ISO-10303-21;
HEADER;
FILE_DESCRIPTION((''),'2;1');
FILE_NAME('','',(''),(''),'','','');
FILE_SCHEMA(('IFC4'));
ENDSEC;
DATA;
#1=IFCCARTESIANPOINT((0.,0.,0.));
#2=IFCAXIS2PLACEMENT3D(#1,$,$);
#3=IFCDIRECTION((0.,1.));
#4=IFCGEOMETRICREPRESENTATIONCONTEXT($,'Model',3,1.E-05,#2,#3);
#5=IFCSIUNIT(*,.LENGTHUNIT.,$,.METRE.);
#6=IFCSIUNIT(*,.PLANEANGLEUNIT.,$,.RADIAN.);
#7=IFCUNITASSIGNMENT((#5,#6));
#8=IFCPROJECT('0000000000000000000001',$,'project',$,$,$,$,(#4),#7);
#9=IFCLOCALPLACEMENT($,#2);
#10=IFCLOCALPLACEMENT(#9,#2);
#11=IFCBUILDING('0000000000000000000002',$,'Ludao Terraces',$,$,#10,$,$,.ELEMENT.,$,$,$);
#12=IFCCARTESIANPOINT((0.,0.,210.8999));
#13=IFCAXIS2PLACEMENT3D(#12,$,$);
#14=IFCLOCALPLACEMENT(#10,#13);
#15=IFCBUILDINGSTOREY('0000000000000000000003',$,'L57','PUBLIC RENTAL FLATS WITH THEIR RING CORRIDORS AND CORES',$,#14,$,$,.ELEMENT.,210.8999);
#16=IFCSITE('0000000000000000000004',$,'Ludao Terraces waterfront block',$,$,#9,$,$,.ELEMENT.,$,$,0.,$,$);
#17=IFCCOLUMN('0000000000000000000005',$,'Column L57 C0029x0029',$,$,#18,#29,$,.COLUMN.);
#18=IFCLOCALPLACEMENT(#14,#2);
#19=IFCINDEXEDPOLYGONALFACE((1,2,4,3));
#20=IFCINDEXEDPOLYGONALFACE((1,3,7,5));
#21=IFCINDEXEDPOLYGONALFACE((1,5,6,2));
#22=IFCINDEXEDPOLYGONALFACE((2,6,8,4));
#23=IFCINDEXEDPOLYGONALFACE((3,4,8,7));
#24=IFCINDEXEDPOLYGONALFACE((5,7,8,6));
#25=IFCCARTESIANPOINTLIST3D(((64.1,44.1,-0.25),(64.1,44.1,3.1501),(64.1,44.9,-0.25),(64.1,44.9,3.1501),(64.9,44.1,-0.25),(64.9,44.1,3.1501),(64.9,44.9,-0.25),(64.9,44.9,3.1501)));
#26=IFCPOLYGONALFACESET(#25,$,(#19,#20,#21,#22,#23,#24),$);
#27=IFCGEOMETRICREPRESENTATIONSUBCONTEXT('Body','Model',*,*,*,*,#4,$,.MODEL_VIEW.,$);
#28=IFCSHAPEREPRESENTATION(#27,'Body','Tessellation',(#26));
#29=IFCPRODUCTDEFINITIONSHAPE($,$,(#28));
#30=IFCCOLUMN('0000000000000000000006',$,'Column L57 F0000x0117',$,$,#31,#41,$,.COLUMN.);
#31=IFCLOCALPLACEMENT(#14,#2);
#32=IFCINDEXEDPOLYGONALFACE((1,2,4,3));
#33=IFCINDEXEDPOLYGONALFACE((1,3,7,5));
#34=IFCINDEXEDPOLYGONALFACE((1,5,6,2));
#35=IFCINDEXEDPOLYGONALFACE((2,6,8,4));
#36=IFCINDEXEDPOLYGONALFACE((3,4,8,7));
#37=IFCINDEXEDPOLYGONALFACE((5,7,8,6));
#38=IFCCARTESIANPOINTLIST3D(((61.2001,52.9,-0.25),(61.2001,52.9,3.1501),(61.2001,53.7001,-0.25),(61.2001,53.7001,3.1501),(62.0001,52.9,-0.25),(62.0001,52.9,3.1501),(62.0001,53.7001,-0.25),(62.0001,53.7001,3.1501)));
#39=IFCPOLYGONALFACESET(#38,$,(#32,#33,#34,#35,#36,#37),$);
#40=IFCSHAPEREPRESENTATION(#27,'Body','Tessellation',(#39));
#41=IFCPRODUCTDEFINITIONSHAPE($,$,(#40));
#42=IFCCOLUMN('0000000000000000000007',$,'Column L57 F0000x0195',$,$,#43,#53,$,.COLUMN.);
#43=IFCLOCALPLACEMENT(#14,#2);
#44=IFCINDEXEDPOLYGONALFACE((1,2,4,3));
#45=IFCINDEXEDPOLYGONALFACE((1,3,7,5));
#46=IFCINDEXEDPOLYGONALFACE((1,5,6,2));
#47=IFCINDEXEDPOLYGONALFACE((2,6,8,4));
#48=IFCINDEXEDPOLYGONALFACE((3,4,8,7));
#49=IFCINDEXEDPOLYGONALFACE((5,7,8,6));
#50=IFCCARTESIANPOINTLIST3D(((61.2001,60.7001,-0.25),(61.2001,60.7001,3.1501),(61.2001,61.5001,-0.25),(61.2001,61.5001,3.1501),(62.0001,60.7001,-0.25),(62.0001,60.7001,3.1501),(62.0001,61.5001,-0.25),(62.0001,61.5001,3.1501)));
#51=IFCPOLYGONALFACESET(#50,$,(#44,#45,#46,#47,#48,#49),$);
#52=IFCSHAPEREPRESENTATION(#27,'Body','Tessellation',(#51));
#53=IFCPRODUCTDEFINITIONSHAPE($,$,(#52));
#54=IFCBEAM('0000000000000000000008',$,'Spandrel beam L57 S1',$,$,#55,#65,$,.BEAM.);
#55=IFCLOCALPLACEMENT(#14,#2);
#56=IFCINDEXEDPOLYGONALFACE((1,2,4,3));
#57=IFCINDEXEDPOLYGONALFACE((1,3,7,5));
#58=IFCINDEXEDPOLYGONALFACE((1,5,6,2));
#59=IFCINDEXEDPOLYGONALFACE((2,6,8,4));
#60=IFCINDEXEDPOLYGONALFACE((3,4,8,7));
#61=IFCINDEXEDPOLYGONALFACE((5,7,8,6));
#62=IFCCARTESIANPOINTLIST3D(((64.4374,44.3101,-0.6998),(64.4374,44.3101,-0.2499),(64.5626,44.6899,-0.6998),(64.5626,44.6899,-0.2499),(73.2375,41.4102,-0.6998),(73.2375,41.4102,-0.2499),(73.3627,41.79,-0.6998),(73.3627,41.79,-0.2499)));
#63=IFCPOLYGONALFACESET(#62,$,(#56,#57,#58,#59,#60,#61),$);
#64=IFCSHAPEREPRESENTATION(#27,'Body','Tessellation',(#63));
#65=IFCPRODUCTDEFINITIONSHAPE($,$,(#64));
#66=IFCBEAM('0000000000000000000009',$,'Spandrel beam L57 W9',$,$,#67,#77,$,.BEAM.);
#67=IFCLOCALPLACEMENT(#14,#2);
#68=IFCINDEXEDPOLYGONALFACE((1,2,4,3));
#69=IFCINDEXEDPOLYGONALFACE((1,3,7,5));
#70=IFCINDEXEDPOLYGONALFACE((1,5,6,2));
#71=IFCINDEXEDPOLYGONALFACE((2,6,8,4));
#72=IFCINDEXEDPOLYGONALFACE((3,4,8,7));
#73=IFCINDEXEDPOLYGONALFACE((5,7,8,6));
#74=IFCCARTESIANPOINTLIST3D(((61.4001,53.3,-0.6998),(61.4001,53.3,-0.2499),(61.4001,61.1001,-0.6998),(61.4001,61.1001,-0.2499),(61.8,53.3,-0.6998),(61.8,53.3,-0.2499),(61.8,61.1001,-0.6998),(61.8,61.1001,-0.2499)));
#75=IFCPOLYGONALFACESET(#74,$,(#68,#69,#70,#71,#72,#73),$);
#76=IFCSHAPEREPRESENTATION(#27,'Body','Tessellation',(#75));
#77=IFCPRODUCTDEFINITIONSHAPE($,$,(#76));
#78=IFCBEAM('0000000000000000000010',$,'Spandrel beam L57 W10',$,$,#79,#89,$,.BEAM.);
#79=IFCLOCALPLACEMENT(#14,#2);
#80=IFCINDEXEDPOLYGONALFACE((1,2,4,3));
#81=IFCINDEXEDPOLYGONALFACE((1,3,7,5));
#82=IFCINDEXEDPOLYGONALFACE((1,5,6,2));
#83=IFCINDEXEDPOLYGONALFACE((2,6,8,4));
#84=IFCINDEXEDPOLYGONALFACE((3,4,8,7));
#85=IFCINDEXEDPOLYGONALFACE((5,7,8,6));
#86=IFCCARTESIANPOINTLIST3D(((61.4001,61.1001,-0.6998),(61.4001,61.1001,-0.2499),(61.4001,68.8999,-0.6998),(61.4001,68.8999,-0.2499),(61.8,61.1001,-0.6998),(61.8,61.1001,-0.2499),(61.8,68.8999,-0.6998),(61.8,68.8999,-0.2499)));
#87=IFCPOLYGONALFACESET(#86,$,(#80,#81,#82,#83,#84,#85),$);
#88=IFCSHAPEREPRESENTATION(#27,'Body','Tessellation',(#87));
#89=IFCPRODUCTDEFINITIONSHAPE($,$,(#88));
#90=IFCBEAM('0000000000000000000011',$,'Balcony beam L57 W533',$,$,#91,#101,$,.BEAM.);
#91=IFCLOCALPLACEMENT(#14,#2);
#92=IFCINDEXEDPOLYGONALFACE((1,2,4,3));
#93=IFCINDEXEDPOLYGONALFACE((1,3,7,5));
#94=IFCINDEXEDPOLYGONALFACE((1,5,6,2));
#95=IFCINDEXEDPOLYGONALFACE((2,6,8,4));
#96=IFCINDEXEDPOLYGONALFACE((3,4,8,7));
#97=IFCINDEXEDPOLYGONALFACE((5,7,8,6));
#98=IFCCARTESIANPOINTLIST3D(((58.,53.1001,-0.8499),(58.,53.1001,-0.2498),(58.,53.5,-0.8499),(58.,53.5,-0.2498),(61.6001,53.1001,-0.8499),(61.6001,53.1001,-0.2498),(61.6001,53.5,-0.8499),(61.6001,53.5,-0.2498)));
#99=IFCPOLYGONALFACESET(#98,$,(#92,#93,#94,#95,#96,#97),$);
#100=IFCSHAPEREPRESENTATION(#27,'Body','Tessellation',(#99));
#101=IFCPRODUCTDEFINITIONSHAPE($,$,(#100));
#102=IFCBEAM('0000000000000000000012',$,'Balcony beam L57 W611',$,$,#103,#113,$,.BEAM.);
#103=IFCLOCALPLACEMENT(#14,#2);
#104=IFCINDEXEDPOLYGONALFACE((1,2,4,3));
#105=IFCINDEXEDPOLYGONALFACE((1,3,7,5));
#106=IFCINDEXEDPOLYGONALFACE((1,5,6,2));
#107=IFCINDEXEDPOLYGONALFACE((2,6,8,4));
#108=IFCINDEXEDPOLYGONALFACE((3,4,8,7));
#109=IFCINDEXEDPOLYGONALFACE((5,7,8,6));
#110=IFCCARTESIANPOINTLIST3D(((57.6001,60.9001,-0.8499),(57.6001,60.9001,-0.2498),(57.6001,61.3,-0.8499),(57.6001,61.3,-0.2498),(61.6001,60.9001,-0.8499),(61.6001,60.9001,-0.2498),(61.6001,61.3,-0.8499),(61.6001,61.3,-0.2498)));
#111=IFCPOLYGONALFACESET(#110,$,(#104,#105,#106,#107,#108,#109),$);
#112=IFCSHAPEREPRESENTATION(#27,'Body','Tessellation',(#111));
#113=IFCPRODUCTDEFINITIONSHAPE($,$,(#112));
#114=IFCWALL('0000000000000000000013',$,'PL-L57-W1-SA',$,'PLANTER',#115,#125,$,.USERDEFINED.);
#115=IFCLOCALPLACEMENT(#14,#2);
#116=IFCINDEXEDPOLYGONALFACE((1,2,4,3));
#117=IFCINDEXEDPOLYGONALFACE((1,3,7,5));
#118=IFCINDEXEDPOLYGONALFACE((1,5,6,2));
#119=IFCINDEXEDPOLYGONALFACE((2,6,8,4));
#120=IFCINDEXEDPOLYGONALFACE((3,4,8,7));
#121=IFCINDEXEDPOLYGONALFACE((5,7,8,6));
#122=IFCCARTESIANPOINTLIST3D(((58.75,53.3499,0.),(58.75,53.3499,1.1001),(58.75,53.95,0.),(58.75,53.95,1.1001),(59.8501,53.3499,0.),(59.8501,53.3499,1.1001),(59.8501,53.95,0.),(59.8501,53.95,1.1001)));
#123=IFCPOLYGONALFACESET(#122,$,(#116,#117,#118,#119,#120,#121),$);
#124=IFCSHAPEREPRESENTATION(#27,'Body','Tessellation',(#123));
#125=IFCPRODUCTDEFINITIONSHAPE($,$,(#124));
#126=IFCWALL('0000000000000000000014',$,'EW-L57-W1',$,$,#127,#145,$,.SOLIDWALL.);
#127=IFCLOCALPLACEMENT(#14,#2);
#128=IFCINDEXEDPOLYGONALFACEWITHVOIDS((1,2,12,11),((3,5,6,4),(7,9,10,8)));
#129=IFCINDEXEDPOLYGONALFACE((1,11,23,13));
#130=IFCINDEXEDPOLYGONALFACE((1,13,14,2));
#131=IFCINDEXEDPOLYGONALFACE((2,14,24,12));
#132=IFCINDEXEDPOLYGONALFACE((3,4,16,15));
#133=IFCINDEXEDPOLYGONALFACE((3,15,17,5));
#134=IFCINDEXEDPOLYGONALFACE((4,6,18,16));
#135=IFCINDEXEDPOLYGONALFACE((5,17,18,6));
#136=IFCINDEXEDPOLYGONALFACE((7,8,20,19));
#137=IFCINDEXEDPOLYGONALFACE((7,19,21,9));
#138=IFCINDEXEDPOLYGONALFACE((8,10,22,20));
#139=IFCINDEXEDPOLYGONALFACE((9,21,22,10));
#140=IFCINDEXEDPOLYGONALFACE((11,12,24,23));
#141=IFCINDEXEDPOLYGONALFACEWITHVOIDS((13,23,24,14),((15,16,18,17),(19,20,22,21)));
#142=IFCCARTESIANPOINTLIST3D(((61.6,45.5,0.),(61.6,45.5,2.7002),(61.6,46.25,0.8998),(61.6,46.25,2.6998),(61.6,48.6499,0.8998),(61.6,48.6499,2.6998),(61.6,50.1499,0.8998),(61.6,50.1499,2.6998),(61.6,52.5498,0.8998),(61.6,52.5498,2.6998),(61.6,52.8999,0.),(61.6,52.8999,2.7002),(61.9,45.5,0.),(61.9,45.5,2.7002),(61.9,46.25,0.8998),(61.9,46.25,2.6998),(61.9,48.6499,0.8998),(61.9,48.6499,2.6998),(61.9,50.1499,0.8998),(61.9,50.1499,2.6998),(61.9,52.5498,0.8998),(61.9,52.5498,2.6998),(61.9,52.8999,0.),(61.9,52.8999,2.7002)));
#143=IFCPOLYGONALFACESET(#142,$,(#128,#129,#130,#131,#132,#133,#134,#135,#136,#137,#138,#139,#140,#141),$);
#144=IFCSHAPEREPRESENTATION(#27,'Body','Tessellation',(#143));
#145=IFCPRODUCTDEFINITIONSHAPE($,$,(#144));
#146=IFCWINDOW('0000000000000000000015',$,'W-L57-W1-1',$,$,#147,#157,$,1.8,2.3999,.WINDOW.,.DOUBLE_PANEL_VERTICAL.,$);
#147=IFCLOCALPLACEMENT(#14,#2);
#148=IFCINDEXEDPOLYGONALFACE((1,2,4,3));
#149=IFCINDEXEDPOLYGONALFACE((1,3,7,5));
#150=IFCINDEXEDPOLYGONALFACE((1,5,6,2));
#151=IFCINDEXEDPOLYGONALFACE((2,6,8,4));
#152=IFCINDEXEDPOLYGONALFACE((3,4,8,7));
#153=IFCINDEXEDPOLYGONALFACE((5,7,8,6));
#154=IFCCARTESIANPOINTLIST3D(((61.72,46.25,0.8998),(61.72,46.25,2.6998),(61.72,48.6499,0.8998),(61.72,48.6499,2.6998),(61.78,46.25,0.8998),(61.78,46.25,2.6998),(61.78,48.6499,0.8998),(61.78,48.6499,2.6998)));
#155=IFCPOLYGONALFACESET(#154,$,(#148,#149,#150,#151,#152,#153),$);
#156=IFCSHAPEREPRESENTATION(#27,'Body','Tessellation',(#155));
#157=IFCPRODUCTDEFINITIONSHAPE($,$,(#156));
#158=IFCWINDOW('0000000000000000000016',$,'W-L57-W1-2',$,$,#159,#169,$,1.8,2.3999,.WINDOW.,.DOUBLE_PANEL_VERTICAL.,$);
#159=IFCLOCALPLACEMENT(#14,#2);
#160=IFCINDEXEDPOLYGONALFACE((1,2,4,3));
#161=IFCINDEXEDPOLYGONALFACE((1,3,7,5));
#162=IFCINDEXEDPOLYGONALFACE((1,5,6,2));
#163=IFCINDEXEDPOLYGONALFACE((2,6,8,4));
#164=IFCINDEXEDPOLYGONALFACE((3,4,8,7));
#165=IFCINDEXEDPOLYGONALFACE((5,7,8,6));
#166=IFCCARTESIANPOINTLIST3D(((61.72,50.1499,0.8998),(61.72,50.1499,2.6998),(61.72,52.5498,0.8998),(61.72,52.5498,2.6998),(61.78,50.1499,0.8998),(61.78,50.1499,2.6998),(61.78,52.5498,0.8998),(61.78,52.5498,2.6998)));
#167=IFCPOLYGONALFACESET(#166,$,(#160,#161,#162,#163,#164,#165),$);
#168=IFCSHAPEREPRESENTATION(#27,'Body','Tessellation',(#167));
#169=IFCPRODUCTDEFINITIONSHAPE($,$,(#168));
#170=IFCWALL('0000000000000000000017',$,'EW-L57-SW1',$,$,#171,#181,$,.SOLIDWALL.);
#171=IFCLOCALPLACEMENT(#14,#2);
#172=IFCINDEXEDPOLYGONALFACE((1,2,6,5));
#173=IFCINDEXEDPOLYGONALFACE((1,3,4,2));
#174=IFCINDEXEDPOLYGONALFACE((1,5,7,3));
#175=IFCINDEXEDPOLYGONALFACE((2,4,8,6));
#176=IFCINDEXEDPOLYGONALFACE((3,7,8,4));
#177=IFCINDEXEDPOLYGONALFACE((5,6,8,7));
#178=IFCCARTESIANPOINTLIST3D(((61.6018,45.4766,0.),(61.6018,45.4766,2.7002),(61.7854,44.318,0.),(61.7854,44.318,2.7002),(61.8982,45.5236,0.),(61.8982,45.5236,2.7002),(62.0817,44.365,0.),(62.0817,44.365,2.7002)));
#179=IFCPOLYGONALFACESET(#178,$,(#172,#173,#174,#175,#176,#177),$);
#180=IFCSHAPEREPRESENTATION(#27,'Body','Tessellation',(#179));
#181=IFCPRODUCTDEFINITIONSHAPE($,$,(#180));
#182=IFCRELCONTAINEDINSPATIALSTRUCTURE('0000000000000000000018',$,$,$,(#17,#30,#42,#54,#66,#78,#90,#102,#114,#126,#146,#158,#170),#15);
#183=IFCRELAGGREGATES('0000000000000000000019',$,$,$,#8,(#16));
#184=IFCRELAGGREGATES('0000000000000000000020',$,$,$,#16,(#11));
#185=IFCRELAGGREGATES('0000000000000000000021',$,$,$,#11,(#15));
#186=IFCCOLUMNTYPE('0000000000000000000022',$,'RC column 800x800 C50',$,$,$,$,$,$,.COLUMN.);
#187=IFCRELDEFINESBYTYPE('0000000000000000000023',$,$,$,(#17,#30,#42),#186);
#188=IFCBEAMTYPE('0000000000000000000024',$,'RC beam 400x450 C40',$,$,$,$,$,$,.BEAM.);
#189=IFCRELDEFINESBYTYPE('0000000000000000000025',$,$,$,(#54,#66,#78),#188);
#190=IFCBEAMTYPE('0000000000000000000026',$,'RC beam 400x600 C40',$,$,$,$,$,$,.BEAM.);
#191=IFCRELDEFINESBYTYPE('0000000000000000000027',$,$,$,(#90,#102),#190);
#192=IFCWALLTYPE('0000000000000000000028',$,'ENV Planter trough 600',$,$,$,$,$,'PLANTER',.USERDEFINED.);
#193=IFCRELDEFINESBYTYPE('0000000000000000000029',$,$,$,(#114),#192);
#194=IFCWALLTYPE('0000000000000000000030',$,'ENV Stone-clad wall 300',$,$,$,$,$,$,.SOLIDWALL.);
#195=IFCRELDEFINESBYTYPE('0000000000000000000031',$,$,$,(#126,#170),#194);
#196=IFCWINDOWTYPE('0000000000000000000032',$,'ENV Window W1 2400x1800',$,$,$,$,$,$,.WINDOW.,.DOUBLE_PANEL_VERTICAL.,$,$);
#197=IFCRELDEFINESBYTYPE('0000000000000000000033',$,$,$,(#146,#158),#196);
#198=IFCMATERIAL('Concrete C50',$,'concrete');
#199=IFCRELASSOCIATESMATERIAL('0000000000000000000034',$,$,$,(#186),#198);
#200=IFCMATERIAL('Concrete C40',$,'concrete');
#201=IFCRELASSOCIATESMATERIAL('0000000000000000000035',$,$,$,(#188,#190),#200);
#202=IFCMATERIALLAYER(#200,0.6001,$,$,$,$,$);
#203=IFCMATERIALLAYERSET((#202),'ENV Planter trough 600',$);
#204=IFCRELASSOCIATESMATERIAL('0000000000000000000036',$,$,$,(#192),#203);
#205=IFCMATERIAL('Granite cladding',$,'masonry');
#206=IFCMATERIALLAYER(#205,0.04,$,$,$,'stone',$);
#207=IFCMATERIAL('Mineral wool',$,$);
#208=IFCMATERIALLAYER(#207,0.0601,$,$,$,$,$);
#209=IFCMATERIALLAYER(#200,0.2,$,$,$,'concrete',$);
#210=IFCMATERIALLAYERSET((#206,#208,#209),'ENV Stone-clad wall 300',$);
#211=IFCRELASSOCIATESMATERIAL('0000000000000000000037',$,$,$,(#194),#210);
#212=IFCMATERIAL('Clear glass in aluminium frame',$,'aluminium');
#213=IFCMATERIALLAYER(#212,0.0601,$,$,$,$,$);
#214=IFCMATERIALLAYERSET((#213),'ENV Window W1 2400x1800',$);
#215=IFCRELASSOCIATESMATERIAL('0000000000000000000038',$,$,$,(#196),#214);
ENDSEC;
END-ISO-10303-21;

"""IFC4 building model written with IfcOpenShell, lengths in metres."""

from ifc_helpers import new_model, si_unit, direction, frame, frame_2d, origin, origin_2d, place, context, subcontext, project, spatial, rectangle, extrude, material, layer, layer_set, material_profile, profile_set, type_object, element, fill, save


model = new_model("IFC4")

# Units and contexts
model_context = context("Model", 3, precision=1e-05, world=origin(), true_north=direction((0.0, 1.0)))
body_context = subcontext(model_context, "Body", "Model", "MODEL_VIEW")
ifc_project = project(units=[si_unit("LENGTHUNIT", "METRE"), si_unit("PLANEANGLEUNIT", "RADIAN")], contexts=[model_context])

# Site, building, storey
site_placement = place(None, origin())
site = spatial("IfcSite", under=ifc_project, at=site_placement, Name="Ludao Terraces waterfront block", CompositionType="ELEMENT", RefElevation=0.0)
building_placement = place(site_placement, origin())
building = spatial("IfcBuilding", under=site, at=building_placement, Name="Ludao Terraces", CompositionType="ELEMENT")
storey_placement = place(building_placement, frame((0.0, 0.0, 210.8999)))
storey = spatial("IfcBuildingStorey", under=building, at=storey_placement, Name="L57", Description="PUBLIC RENTAL FLATS WITH THEIR RING CORRIDORS AND CORES", CompositionType="ELEMENT", Elevation=210.8999)

# Columns
ifc_material_1 = material(Name="Concrete C50", Category="concrete")
ifc_material_profile_1 = material_profile(ifc_material_1, rectangle(XDim=0.8, YDim=0.8, at=origin_2d()), Name="800 X 800")
ifc_profile_set_1 = profile_set([ifc_material_profile_1], Name="Concrete C50")
column_type = type_object("IfcColumnType", Name="RC column 800x800 C50", PredefinedType="COLUMN", material=ifc_profile_set_1)
for number, where, z_axis, x_axis, name in (
    (1, (64.5, 44.5, -0.25), (0.0, 0.0, 1.0), (1.0, 0.0, 0.0), "Column L57 C0029x0029"),
    (2, (61.6001, 53.3, -0.25), (0.0, 0.0, 1.0), (1.0, 0.0, 0.0), "Column L57 F0000x0117"),
    (3, (61.6001, 61.1001, -0.25), (0.0, 0.0, 1.0), (1.0, 0.0, 0.0), "Column L57 F0000x0195"),
):
    element("IfcColumn", number, at=place(storey_placement, frame(where, z_axis=z_axis, x_axis=x_axis)), inside=storey, type_object=column_type, Name=name, PredefinedType="COLUMN", context=body_context, shape_type="SweptSolid", body=[
        extrude(rectangle(XDim=0.8, YDim=0.8, at=origin_2d()), origin(), (0.0, 0.0, 1.0), 3.4001),
    ])

# Beams
ifc_material_2 = material(Name="Concrete C40", Category="concrete")
ifc_material_profile_2 = material_profile(ifc_material_2, rectangle(XDim=0.3999, YDim=0.45, at=origin_2d()), Name="400 X 450")
ifc_profile_set_2 = profile_set([ifc_material_profile_2], Name="Concrete C40")
beam_type_1 = type_object("IfcBeamType", Name="RC beam 400x450 C40", PredefinedType="BEAM", material=ifc_profile_set_2)
beam_1_placement = place(storey_placement, frame((64.5, 44.5, -0.4749), z_axis=(0.949761, -0.312977, 0.0), x_axis=(0.312977, 0.949761, 0.0)))
element("IfcBeam", 4, at=beam_1_placement, inside=storey, type_object=beam_type_1, Name="Spandrel beam L57 S1", PredefinedType="BEAM", context=body_context, shape_type="SweptSolid", body=[
    extrude(rectangle(XDim=0.3999, YDim=0.45, at=origin_2d()), origin(), (0.0, 0.0, 1.0), 9.2656),
])
beam_2_placement = place(storey_placement, frame((61.6001, 53.3, -0.4749), z_axis=(0.0, 1.0, 0.0), x_axis=(-1.0, 0.0, 0.0)))
element("IfcBeam", 5, at=beam_2_placement, inside=storey, type_object=beam_type_1, Name="Spandrel beam L57 W9", PredefinedType="BEAM", context=body_context, shape_type="SweptSolid", body=[
    extrude(rectangle(XDim=0.3999, YDim=0.45, at=origin_2d()), origin(), (0.0, 0.0, 1.0), 7.8),
])
beam_3_placement = place(storey_placement, frame((61.6001, 61.1001, -0.4749), z_axis=(0.0, 1.0, 0.0), x_axis=(-1.0, 0.0, 0.0)))
element("IfcBeam", 6, at=beam_3_placement, inside=storey, type_object=beam_type_1, Name="Spandrel beam L57 W10", PredefinedType="BEAM", context=body_context, shape_type="SweptSolid", body=[
    extrude(rectangle(XDim=0.3999, YDim=0.45, at=origin_2d()), origin(), (0.0, 0.0, 1.0), 7.7998),
])
ifc_material_profile_3 = material_profile(ifc_material_2, rectangle(XDim=0.3999, YDim=0.6001, at=origin_2d()), Name="400 X 600")
ifc_profile_set_3 = profile_set([ifc_material_profile_3], Name="Concrete C40")
beam_type_2 = type_object("IfcBeamType", Name="RC beam 400x600 C40", PredefinedType="BEAM", material=ifc_profile_set_3)
beam_4_placement = place(storey_placement, frame((61.6001, 53.3, -0.5498), z_axis=(-1.0, 0.0, 0.0), x_axis=(0.0, -1.0, 0.0)))
element("IfcBeam", 7, at=beam_4_placement, inside=storey, type_object=beam_type_2, Name="Balcony beam L57 W533", PredefinedType="BEAM", context=body_context, shape_type="SweptSolid", body=[
    extrude(rectangle(XDim=0.3999, YDim=0.6001, at=origin_2d()), origin(), (0.0, 0.0, 1.0), 3.6001),
])
beam_5_placement = place(storey_placement, frame((61.6001, 61.1001, -0.5498), z_axis=(-1.0, 0.0, 0.0), x_axis=(0.0, -1.0, 0.0)))
element("IfcBeam", 8, at=beam_5_placement, inside=storey, type_object=beam_type_2, Name="Balcony beam L57 W611", PredefinedType="BEAM", context=body_context, shape_type="SweptSolid", body=[
    extrude(rectangle(XDim=0.3999, YDim=0.6001, at=origin_2d()), origin(), (0.0, 0.0, 1.0), 4.0),
])

# Wall
ifc_layer_1 = layer(ifc_material_2, 0.6001)
ifc_layer_set_1 = layer_set([ifc_layer_1], Name="ENV Planter trough 600")
wall_type_1 = type_object("IfcWallType", Name="ENV Planter trough 600", ElementType="PLANTER", PredefinedType="USERDEFINED", material=ifc_layer_set_1)
wall_1_placement = place(storey_placement, frame((58.75, 53.6499, 0.0), z_axis=(0.0, 0.0, 1.0), x_axis=(1.0, 0.0, 0.0)))
element("IfcWall", 9, at=wall_1_placement, inside=storey, type_object=wall_type_1, Name="PL-L57-W1-SA", ObjectType="PLANTER", PredefinedType="USERDEFINED", context=body_context, shape_type="SweptSolid", body=[
    extrude(rectangle(XDim=1.1001, YDim=0.6001, at=frame_2d((0.55, 0.0))), origin(), (0.0, 0.0, 1.0), 1.1001),
])

# Wall, openings, windows
ifc_material_3 = material(Name="Granite cladding", Category="masonry")
ifc_layer_2 = layer(ifc_material_3, 0.04, Category="stone")
ifc_material_4 = material(Name="Mineral wool")
ifc_layer_3 = layer(ifc_material_4, 0.0601)
ifc_layer_4 = layer(ifc_material_2, 0.2, Category="concrete")
ifc_layer_set_2 = layer_set([ifc_layer_2, ifc_layer_3, ifc_layer_4], Name="ENV Stone-clad wall 300")
wall_type_2 = type_object("IfcWallType", Name="ENV Stone-clad wall 300", PredefinedType="SOLIDWALL", material=ifc_layer_set_2)
wall_2_placement = place(storey_placement, frame((61.75, 45.5, 0.0), z_axis=(0.0, 0.0, 1.0), x_axis=(0.0, 1.0, 0.0)))
wall_2 = element("IfcWall", 10, at=wall_2_placement, inside=storey, type_object=wall_type_2, Name="EW-L57-W1", PredefinedType="SOLIDWALL", context=body_context, shape_type="SweptSolid", body=[
    extrude(rectangle(XDim=7.3999, YDim=0.3, at=frame_2d((3.7, 0.0))), origin(), (0.0, 0.0, 1.0), 2.7002),
])
opening_1_placement = place(wall_2_placement, frame((0.75, 0.0, 0.8999)))
opening_1 = element("IfcOpeningElement", 11, at=opening_1_placement, cuts=wall_2, PredefinedType="OPENING", context=body_context, shape_type="SweptSolid", body=[
    extrude(rectangle(XDim=2.3999, YDim=1.8, at=frame_2d((1.2, 0.8999))), frame((0.0, 0.1602, 0.0), z_axis=(0.0, -1.0, 0.0), x_axis=(1.0, 0.0, 0.0)), (0.0, 0.0, 1.0), 0.3201),
])
opening_2_placement = place(wall_2_placement, frame((4.6499, 0.0, 0.8999)))
opening_2 = element("IfcOpeningElement", 12, at=opening_2_placement, cuts=wall_2, PredefinedType="OPENING", context=body_context, shape_type="SweptSolid", body=[
    extrude(rectangle(XDim=2.3999, YDim=1.8, at=frame_2d((1.2, 0.8999))), frame((0.0, 0.1602, 0.0), z_axis=(0.0, -1.0, 0.0), x_axis=(1.0, 0.0, 0.0)), (0.0, 0.0, 1.0), 0.3201),
])
ifc_material_5 = material(Name="Clear glass in aluminium frame", Category="aluminium")
ifc_layer_5 = layer(ifc_material_5, 0.0601)
ifc_layer_set_3 = layer_set([ifc_layer_5], Name="ENV Window W1 2400x1800")
window_type_1 = type_object("IfcWindowType", Name="ENV Window W1 2400x1800", PartitioningType="DOUBLE_PANEL_VERTICAL", PredefinedType="WINDOW", material=ifc_layer_set_3)
window_1_placement = place(opening_1_placement, origin())
window_1 = element("IfcWindow", 13, at=window_1_placement, inside=storey, type_object=window_type_1, Name="W-L57-W1-1", OverallHeight=1.8, OverallWidth=2.3999, PartitioningType="DOUBLE_PANEL_VERTICAL", PredefinedType="WINDOW", context=body_context, shape_type="SweptSolid", body=[
    extrude(rectangle(XDim=2.3999, YDim=1.8, at=frame_2d((1.2, 0.8999))), frame((0.0, 0.03, 0.0), z_axis=(0.0, -1.0, 0.0), x_axis=(1.0, 0.0, 0.0)), (0.0, 0.0, 1.0), 0.0601),
])
fill(opening_1, window_1)
window_2_placement = place(opening_2_placement, origin())
window_2 = element("IfcWindow", 14, at=window_2_placement, inside=storey, type_object=window_type_1, Name="W-L57-W1-2", OverallHeight=1.8, OverallWidth=2.3999, PartitioningType="DOUBLE_PANEL_VERTICAL", PredefinedType="WINDOW", context=body_context, shape_type="SweptSolid", body=[
    extrude(rectangle(XDim=2.3999, YDim=1.8, at=frame_2d((1.2, 0.8999))), frame((0.0, 0.03, 0.0), z_axis=(0.0, -1.0, 0.0), x_axis=(1.0, 0.0, 0.0)), (0.0, 0.0, 1.0), 0.0601),
])
fill(opening_2, window_2)

# Wall
wall_3_placement = place(storey_placement, frame((61.75, 45.5, 0.0), z_axis=(0.0, 0.0, 1.0), x_axis=(0.156497, -0.987678, 0.0)))
element("IfcWall", 15, at=wall_3_placement, inside=storey, type_object=wall_type_2, Name="EW-L57-SW1", PredefinedType="SOLIDWALL", context=body_context, shape_type="SweptSolid", body=[
    extrude(rectangle(XDim=1.1731, YDim=0.3, at=frame_2d((0.5864, 0.0))), origin(), (0.0, 0.0, 1.0), 2.7002),
])

save(model, "model.ifc")
